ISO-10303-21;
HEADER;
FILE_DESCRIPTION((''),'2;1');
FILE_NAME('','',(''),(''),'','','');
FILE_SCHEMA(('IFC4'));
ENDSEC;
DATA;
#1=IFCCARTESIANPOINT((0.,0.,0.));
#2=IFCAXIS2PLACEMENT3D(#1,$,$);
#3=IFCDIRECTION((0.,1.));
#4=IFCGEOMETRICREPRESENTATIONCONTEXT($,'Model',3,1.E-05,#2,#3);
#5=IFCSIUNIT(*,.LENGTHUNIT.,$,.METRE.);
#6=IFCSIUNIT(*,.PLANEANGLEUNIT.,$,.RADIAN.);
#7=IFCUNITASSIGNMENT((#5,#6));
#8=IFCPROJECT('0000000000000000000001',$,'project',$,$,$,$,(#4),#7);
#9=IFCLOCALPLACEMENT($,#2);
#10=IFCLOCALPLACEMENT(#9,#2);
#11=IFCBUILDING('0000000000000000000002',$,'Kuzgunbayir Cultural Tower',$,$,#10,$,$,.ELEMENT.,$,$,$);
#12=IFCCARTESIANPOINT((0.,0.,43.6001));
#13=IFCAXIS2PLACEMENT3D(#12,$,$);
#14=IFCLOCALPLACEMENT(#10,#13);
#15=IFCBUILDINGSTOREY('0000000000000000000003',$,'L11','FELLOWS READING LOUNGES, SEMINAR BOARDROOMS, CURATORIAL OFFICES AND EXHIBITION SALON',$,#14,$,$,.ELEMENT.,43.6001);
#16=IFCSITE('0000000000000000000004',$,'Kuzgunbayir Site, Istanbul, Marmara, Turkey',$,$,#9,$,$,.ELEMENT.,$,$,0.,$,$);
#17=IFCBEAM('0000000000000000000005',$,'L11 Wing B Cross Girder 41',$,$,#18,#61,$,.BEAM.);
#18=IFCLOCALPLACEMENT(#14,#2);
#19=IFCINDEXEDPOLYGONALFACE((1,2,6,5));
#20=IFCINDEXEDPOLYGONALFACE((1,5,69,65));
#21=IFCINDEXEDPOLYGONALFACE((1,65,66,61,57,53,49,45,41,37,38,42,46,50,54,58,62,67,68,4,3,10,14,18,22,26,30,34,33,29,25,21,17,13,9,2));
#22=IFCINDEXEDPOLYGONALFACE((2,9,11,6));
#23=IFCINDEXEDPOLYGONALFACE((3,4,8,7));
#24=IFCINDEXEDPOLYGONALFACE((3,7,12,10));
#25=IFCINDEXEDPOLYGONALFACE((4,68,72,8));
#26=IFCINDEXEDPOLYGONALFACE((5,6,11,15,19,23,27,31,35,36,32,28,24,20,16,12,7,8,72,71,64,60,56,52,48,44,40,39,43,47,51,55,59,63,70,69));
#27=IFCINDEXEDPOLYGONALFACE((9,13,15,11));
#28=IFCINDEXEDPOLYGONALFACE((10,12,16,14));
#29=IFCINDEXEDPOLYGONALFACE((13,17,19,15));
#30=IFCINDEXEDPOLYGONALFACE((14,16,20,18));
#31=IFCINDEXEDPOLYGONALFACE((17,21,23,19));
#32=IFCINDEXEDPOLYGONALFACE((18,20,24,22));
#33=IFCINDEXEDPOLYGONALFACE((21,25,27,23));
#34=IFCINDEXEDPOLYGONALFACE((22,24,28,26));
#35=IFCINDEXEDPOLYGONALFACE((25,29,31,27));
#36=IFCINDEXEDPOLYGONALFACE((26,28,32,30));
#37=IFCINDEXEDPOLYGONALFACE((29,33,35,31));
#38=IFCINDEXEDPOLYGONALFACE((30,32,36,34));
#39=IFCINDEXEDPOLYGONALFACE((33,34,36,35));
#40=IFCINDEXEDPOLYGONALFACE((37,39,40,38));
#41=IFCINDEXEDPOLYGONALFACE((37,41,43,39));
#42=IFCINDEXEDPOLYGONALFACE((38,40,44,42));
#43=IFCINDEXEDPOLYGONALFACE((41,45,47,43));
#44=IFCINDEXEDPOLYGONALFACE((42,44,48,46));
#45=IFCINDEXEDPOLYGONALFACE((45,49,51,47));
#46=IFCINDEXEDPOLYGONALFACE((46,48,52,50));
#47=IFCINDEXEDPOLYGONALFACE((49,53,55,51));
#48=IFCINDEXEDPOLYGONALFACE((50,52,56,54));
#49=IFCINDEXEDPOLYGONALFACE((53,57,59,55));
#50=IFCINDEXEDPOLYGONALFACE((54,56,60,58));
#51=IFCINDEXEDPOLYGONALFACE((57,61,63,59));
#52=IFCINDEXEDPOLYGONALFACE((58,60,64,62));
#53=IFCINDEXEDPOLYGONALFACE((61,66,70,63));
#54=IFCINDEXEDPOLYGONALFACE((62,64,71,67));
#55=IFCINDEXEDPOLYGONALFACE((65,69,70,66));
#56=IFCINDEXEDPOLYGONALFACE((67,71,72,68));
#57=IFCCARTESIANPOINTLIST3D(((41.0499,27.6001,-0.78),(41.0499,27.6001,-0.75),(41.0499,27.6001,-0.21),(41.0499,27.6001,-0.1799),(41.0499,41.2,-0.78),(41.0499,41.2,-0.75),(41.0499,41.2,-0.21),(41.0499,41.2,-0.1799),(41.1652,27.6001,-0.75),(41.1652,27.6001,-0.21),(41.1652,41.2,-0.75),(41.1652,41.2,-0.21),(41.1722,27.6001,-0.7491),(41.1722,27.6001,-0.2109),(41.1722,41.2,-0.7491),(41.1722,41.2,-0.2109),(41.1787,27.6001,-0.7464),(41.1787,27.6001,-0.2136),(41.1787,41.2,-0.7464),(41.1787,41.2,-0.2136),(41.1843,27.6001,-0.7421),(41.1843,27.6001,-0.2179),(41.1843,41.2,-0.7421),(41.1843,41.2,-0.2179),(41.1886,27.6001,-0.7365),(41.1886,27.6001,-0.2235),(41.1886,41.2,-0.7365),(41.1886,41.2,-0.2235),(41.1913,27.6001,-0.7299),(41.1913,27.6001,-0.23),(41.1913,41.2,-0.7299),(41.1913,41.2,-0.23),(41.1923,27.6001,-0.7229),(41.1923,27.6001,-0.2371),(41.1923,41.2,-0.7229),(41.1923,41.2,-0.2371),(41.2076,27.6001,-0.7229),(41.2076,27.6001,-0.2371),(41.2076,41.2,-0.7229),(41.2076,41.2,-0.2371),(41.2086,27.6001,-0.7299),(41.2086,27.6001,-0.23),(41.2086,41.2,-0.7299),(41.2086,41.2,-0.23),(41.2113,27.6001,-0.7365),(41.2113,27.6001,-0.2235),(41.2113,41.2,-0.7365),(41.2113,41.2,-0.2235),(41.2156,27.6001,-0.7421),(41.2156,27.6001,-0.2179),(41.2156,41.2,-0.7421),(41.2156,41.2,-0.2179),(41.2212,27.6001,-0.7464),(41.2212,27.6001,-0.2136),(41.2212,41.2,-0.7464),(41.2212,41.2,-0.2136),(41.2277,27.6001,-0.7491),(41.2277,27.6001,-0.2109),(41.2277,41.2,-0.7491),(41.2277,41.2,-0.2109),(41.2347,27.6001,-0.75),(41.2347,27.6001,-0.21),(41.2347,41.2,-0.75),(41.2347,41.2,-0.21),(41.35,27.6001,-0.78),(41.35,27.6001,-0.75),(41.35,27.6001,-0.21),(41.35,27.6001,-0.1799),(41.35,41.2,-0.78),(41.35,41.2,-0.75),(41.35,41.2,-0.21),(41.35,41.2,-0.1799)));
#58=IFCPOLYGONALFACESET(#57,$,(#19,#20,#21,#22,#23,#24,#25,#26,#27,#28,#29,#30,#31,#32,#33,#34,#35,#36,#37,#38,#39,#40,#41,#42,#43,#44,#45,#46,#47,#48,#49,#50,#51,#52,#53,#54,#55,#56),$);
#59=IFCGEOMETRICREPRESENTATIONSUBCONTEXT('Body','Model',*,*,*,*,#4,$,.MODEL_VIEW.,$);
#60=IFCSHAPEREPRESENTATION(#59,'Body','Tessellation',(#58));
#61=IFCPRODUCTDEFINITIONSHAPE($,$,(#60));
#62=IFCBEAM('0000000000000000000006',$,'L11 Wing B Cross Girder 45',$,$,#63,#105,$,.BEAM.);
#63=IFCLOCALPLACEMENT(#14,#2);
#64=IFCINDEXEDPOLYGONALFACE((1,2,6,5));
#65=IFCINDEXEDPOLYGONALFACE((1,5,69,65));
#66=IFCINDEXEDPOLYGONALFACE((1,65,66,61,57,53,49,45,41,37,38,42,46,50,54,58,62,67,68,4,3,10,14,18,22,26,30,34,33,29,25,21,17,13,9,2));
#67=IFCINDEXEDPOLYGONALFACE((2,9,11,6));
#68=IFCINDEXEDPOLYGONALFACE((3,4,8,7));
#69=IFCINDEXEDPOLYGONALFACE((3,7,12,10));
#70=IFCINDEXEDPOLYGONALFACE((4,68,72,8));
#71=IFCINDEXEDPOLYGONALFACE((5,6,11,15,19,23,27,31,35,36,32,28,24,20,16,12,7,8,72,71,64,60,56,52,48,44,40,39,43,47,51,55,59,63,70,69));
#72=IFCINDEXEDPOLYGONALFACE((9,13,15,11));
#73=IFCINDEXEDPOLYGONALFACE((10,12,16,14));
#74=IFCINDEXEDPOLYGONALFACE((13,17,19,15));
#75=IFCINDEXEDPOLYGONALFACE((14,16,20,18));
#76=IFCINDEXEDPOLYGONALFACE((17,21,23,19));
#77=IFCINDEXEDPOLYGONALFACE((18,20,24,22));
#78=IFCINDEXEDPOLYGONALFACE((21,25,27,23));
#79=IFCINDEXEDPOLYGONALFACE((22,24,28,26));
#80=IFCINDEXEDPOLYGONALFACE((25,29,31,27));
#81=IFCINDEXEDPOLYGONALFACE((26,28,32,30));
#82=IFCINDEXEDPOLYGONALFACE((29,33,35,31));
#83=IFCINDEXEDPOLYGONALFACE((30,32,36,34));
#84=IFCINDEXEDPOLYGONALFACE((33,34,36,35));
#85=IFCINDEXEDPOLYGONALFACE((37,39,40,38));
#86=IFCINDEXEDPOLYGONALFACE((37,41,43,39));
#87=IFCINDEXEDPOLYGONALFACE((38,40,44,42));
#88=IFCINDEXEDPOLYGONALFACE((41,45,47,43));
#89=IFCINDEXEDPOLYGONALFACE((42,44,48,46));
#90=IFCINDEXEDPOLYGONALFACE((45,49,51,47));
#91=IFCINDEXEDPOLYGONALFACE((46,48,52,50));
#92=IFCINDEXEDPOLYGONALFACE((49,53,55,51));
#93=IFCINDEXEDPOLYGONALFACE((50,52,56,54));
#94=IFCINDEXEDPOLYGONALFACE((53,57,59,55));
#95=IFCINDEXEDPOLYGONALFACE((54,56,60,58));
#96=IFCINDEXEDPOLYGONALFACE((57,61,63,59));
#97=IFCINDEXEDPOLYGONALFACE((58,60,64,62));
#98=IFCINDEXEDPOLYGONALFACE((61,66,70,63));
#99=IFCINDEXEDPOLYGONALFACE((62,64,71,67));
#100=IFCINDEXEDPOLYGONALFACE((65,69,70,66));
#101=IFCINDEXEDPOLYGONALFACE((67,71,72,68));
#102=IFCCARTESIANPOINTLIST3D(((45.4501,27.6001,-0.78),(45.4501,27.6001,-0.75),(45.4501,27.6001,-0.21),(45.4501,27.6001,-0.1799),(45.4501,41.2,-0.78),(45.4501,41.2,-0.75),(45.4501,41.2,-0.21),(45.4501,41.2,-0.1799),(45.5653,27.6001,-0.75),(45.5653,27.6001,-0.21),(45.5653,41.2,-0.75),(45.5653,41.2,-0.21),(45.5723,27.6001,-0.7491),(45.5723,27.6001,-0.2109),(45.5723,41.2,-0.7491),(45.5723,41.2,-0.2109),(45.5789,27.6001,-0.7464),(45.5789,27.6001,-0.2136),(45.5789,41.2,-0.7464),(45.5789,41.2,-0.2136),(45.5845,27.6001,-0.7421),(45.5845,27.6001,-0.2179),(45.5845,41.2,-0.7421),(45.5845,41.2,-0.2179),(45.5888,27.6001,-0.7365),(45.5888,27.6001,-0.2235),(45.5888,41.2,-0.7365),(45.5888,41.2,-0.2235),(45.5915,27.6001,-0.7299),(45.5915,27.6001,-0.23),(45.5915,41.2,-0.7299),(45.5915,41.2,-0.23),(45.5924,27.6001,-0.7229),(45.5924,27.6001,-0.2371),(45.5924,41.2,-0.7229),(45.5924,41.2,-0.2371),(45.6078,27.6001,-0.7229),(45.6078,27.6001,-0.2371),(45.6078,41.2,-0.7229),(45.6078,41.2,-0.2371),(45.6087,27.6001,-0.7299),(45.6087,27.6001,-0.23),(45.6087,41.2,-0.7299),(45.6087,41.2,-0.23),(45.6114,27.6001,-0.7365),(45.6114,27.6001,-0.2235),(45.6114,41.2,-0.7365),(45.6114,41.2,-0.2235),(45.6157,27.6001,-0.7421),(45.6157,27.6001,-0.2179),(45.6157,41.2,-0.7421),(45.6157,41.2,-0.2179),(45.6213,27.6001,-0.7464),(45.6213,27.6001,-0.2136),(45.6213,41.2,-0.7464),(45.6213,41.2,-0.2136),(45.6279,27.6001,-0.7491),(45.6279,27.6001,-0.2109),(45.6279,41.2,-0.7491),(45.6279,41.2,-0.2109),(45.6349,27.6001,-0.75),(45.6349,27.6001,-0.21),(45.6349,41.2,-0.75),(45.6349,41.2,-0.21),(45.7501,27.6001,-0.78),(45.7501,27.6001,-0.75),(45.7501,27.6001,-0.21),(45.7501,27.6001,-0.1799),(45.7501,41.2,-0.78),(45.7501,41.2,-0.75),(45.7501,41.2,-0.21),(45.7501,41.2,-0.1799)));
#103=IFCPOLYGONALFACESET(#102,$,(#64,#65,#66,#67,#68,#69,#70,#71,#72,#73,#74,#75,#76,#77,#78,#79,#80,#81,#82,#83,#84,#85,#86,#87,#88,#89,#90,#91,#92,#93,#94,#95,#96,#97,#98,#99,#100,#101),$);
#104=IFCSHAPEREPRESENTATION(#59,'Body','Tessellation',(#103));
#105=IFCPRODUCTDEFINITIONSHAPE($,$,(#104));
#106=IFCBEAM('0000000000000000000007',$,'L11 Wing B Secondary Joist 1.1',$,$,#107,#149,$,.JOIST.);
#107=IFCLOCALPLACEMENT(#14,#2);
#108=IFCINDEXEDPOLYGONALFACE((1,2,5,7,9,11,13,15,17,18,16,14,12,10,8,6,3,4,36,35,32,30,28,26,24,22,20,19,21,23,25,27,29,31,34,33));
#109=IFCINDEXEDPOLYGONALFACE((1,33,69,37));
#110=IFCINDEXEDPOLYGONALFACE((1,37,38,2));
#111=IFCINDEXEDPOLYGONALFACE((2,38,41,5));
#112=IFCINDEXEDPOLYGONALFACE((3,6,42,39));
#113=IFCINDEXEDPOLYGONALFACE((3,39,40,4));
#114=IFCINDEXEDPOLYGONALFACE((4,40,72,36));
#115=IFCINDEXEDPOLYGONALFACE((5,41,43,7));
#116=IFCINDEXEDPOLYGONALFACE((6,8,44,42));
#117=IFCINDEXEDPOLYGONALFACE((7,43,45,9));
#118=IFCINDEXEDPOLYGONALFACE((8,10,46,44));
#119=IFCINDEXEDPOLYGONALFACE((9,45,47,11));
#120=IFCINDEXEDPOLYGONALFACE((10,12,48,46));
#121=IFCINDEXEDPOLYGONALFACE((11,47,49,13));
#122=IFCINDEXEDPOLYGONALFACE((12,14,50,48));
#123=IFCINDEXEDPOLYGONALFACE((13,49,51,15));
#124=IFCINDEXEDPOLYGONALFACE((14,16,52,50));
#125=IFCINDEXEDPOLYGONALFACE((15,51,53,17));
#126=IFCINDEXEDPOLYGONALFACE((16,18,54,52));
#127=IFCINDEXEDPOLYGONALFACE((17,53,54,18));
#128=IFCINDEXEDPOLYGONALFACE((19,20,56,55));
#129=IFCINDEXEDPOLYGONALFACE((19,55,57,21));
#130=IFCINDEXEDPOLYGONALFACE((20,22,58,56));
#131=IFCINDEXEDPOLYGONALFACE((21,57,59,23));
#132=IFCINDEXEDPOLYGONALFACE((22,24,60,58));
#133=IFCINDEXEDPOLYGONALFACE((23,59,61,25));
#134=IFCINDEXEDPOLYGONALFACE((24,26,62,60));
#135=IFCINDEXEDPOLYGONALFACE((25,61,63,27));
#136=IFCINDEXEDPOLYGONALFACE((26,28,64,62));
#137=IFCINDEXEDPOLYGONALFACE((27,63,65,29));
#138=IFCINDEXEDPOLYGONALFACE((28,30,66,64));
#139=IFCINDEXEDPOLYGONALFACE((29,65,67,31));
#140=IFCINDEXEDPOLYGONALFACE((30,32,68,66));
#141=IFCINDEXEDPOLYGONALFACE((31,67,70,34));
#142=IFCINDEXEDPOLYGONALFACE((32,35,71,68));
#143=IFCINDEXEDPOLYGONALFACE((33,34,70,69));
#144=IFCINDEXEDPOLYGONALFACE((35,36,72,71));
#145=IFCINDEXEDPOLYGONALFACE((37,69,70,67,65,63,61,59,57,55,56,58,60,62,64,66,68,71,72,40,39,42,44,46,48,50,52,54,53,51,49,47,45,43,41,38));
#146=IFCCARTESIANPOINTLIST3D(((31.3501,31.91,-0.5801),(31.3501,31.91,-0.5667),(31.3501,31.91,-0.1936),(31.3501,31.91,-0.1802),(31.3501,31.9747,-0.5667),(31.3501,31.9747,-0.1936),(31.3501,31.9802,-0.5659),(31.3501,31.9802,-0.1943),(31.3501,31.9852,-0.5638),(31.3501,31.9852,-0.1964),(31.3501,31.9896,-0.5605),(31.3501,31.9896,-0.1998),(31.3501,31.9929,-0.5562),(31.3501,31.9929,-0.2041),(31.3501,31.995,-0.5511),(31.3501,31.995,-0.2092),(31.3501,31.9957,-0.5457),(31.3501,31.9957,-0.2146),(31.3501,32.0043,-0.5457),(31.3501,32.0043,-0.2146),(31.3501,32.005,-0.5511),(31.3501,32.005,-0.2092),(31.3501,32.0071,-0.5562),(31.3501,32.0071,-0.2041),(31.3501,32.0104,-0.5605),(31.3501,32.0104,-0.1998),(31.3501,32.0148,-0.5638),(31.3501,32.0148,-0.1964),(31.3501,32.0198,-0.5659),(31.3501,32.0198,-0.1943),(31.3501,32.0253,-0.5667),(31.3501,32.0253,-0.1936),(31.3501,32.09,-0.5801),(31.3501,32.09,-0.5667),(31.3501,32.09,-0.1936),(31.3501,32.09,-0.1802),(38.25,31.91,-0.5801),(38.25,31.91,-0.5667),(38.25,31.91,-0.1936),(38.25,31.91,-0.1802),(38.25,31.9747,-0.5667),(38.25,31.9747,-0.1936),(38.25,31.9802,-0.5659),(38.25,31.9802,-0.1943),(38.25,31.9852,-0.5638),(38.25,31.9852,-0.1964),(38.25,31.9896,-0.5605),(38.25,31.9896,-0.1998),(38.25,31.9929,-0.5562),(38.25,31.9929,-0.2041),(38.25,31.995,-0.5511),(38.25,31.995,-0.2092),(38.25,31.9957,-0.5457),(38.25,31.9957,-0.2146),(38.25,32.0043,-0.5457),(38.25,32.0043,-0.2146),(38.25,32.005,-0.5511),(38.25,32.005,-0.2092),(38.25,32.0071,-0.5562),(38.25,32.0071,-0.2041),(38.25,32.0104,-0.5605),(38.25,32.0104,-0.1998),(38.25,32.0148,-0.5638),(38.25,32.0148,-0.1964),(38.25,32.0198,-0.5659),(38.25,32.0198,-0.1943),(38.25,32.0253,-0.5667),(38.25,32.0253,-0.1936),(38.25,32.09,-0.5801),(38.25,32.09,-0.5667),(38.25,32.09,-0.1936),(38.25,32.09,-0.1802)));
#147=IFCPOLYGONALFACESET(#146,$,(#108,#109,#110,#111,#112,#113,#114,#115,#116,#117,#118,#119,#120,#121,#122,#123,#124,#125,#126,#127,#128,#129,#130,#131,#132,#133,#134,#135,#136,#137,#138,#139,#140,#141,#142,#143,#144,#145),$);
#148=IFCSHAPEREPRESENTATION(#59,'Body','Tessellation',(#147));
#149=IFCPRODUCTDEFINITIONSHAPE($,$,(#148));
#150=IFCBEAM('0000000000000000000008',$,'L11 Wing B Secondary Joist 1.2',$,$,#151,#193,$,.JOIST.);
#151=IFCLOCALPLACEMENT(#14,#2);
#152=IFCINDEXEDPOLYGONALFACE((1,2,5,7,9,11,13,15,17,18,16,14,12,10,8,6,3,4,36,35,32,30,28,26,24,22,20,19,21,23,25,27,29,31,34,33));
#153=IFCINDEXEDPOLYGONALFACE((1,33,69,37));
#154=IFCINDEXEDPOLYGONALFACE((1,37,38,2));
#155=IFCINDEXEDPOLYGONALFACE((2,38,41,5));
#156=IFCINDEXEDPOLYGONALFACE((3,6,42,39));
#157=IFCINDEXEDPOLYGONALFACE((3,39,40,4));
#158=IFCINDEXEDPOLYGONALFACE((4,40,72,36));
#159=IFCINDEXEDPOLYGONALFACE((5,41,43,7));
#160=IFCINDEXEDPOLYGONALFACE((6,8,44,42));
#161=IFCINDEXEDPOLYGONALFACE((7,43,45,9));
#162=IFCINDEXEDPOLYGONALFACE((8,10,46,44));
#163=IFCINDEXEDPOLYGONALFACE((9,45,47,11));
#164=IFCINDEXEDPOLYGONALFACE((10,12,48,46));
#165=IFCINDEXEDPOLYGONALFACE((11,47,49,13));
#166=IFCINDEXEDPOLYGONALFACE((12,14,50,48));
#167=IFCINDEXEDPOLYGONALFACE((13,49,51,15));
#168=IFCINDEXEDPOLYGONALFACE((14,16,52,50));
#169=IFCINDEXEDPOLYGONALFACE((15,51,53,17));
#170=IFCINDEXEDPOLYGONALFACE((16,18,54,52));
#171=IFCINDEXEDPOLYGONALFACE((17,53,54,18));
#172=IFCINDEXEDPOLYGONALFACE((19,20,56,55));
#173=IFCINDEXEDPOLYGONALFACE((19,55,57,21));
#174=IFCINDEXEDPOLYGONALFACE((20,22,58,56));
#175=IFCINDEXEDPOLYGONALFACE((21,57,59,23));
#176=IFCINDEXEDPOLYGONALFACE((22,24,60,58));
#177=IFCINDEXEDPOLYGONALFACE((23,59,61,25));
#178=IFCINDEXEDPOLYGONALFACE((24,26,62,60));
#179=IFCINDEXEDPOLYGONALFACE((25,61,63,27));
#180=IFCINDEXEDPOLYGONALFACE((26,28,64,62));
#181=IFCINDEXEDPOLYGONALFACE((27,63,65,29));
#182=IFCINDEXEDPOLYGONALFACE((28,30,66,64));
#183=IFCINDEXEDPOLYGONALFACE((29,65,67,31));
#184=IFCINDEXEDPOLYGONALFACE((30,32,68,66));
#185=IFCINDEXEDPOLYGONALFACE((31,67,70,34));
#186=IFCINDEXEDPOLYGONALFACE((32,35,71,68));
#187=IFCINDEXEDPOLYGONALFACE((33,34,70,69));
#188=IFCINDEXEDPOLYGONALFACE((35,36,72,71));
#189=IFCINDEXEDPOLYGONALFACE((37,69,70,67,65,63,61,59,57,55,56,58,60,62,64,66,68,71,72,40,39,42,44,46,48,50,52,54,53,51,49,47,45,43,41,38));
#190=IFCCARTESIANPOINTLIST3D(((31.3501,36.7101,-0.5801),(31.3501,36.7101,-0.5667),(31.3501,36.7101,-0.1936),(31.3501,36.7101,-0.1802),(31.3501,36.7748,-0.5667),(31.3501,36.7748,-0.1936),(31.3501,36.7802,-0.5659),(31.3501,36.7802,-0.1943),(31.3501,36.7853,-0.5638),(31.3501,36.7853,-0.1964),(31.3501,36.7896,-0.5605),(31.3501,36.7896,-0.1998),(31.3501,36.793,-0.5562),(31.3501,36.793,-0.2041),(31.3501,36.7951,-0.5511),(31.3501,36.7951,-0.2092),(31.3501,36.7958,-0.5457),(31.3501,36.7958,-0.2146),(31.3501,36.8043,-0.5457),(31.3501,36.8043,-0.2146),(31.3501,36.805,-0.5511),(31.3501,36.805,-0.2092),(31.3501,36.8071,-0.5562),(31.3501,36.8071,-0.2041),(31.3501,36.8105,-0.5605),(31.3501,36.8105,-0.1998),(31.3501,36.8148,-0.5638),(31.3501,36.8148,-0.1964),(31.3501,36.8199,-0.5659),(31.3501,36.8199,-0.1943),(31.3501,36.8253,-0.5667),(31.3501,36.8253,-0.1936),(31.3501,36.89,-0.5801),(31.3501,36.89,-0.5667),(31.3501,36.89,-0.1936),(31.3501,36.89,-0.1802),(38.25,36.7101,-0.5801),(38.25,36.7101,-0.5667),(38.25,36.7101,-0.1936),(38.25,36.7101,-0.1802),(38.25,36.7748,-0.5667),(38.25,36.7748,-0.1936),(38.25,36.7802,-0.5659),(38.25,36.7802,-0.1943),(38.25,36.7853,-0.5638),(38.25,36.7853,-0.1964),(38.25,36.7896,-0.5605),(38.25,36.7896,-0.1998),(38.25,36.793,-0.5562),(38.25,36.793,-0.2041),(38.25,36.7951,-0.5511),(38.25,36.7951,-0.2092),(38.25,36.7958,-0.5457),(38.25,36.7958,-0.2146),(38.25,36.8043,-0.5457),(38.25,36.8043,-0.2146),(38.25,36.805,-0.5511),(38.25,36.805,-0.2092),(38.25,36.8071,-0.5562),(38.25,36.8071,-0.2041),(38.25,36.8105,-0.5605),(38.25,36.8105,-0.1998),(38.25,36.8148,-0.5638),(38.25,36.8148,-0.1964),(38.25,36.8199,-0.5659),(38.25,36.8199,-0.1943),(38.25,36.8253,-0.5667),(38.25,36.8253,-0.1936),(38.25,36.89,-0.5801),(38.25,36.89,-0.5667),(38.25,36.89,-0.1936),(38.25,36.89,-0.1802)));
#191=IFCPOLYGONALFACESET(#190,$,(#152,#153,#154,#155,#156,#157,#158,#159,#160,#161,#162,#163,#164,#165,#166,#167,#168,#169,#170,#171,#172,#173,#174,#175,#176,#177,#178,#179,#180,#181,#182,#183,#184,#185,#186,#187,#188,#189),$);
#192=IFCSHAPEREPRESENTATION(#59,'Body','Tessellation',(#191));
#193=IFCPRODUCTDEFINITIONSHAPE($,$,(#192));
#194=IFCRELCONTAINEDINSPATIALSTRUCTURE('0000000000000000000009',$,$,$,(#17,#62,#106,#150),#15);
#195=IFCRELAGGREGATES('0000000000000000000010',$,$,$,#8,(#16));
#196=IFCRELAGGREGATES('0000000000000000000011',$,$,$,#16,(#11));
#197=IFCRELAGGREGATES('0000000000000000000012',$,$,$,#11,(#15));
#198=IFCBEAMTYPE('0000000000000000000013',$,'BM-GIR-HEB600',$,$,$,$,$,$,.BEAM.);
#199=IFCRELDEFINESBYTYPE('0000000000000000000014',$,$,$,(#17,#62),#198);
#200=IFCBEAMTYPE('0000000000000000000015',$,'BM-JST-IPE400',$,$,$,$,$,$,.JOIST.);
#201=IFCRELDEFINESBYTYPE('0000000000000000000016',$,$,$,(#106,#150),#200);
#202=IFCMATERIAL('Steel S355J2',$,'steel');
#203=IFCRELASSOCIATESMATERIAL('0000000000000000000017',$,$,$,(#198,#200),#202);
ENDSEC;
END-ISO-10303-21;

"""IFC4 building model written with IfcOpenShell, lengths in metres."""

from ifc_helpers import new_model, si_unit, direction, frame, origin, origin_2d, place, context, subcontext, project, spatial, i_section, extrude, material, material_profile, profile_set, type_object, element, save


model = new_model("IFC4")

# Units and contexts
model_context = context("Model", 3, precision=1e-05, world=origin(), true_north=direction((0.0, 1.0)))
body_context = subcontext(model_context, "Body", "Model", "MODEL_VIEW")
ifc_project = project(units=[si_unit("LENGTHUNIT", "METRE"), si_unit("PLANEANGLEUNIT", "RADIAN")], contexts=[model_context])

# Site, building, storey
site_placement = place(None, origin())
site = spatial("IfcSite", under=ifc_project, at=site_placement, Name="Kuzgunbayir Site, Istanbul, Marmara, Turkey", CompositionType="ELEMENT", RefElevation=0.0)
building_placement = place(site_placement, origin())
building = spatial("IfcBuilding", under=site, at=building_placement, Name="Kuzgunbayir Cultural Tower", CompositionType="ELEMENT")
storey_placement = place(building_placement, frame((0.0, 0.0, 43.6001)))
storey = spatial("IfcBuildingStorey", under=building, at=storey_placement, Name="L11", Description="FELLOWS READING LOUNGES, SEMINAR BOARDROOMS, CURATORIAL OFFICES AND EXHIBITION SALON", CompositionType="ELEMENT", Elevation=43.6001)

# Beams
ifc_material_1 = material(Name="Steel S355J2", Category="steel")
ifc_material_profile_1 = material_profile(ifc_material_1, i_section(OverallWidth=0.3, OverallDepth=0.6001, WebThickness=0.0154, FlangeThickness=0.03, FilletRadius=0.0271, at=origin_2d()), Name="HEB 600")
ifc_profile_set_1 = profile_set([ifc_material_profile_1], Name="Steel S355J2")
beam_type_1 = type_object("IfcBeamType", Name="BM-GIR-HEB600", PredefinedType="BEAM", material=ifc_profile_set_1)
for number, where, z_axis, x_axis, name in (
    (1, (41.2, 27.6001, -0.48), (0.0, 1.0, 0.0), (-1.0, 0.0, 0.0), "L11 Wing B Cross Girder 41"),
    (2, (45.6001, 27.6001, -0.48), (0.0, 1.0, 0.0), (-1.0, 0.0, 0.0), "L11 Wing B Cross Girder 45"),
):
    element("IfcBeam", number, at=place(storey_placement, frame(where, z_axis=z_axis, x_axis=x_axis)), inside=storey, type_object=beam_type_1, Name=name, PredefinedType="BEAM", context=body_context, shape_type="SweptSolid", body=[
        extrude(i_section(OverallWidth=0.3, OverallDepth=0.6001, WebThickness=0.0154, FlangeThickness=0.03, FilletRadius=0.0271, at=origin_2d()), origin(), (0.0, 0.0, 1.0), 13.5999),
    ])
ifc_material_profile_2 = material_profile(ifc_material_1, i_section(OverallWidth=0.1799, OverallDepth=0.3999, WebThickness=0.0085, FlangeThickness=0.0134, FilletRadius=0.021, at=origin_2d()), Name="IPE 400")
ifc_profile_set_2 = profile_set([ifc_material_profile_2], Name="Steel S355J2")
beam_type_2 = type_object("IfcBeamType", Name="BM-JST-IPE400", PredefinedType="JOIST", material=ifc_profile_set_2)
for number, where, z_axis, x_axis, name in (
    (3, (31.3501, 32.0, -0.3801), (1.0, 0.0, 0.0), (0.0, 1.0, 0.0), "L11 Wing B Secondary Joist 1.1"),
    (4, (31.3501, 36.8, -0.3801), (1.0, 0.0, 0.0), (0.0, 1.0, 0.0), "L11 Wing B Secondary Joist 1.2"),
):
    element("IfcBeam", number, at=place(storey_placement, frame(where, z_axis=z_axis, x_axis=x_axis)), inside=storey, type_object=beam_type_2, Name=name, PredefinedType="JOIST", context=body_context, shape_type="SweptSolid", body=[
        extrude(i_section(OverallWidth=0.1799, OverallDepth=0.3999, WebThickness=0.0085, FlangeThickness=0.0134, FilletRadius=0.021, at=origin_2d()), origin(), (0.0, 0.0, 1.0), 6.8999),
    ])

save(model, "model.ifc")
